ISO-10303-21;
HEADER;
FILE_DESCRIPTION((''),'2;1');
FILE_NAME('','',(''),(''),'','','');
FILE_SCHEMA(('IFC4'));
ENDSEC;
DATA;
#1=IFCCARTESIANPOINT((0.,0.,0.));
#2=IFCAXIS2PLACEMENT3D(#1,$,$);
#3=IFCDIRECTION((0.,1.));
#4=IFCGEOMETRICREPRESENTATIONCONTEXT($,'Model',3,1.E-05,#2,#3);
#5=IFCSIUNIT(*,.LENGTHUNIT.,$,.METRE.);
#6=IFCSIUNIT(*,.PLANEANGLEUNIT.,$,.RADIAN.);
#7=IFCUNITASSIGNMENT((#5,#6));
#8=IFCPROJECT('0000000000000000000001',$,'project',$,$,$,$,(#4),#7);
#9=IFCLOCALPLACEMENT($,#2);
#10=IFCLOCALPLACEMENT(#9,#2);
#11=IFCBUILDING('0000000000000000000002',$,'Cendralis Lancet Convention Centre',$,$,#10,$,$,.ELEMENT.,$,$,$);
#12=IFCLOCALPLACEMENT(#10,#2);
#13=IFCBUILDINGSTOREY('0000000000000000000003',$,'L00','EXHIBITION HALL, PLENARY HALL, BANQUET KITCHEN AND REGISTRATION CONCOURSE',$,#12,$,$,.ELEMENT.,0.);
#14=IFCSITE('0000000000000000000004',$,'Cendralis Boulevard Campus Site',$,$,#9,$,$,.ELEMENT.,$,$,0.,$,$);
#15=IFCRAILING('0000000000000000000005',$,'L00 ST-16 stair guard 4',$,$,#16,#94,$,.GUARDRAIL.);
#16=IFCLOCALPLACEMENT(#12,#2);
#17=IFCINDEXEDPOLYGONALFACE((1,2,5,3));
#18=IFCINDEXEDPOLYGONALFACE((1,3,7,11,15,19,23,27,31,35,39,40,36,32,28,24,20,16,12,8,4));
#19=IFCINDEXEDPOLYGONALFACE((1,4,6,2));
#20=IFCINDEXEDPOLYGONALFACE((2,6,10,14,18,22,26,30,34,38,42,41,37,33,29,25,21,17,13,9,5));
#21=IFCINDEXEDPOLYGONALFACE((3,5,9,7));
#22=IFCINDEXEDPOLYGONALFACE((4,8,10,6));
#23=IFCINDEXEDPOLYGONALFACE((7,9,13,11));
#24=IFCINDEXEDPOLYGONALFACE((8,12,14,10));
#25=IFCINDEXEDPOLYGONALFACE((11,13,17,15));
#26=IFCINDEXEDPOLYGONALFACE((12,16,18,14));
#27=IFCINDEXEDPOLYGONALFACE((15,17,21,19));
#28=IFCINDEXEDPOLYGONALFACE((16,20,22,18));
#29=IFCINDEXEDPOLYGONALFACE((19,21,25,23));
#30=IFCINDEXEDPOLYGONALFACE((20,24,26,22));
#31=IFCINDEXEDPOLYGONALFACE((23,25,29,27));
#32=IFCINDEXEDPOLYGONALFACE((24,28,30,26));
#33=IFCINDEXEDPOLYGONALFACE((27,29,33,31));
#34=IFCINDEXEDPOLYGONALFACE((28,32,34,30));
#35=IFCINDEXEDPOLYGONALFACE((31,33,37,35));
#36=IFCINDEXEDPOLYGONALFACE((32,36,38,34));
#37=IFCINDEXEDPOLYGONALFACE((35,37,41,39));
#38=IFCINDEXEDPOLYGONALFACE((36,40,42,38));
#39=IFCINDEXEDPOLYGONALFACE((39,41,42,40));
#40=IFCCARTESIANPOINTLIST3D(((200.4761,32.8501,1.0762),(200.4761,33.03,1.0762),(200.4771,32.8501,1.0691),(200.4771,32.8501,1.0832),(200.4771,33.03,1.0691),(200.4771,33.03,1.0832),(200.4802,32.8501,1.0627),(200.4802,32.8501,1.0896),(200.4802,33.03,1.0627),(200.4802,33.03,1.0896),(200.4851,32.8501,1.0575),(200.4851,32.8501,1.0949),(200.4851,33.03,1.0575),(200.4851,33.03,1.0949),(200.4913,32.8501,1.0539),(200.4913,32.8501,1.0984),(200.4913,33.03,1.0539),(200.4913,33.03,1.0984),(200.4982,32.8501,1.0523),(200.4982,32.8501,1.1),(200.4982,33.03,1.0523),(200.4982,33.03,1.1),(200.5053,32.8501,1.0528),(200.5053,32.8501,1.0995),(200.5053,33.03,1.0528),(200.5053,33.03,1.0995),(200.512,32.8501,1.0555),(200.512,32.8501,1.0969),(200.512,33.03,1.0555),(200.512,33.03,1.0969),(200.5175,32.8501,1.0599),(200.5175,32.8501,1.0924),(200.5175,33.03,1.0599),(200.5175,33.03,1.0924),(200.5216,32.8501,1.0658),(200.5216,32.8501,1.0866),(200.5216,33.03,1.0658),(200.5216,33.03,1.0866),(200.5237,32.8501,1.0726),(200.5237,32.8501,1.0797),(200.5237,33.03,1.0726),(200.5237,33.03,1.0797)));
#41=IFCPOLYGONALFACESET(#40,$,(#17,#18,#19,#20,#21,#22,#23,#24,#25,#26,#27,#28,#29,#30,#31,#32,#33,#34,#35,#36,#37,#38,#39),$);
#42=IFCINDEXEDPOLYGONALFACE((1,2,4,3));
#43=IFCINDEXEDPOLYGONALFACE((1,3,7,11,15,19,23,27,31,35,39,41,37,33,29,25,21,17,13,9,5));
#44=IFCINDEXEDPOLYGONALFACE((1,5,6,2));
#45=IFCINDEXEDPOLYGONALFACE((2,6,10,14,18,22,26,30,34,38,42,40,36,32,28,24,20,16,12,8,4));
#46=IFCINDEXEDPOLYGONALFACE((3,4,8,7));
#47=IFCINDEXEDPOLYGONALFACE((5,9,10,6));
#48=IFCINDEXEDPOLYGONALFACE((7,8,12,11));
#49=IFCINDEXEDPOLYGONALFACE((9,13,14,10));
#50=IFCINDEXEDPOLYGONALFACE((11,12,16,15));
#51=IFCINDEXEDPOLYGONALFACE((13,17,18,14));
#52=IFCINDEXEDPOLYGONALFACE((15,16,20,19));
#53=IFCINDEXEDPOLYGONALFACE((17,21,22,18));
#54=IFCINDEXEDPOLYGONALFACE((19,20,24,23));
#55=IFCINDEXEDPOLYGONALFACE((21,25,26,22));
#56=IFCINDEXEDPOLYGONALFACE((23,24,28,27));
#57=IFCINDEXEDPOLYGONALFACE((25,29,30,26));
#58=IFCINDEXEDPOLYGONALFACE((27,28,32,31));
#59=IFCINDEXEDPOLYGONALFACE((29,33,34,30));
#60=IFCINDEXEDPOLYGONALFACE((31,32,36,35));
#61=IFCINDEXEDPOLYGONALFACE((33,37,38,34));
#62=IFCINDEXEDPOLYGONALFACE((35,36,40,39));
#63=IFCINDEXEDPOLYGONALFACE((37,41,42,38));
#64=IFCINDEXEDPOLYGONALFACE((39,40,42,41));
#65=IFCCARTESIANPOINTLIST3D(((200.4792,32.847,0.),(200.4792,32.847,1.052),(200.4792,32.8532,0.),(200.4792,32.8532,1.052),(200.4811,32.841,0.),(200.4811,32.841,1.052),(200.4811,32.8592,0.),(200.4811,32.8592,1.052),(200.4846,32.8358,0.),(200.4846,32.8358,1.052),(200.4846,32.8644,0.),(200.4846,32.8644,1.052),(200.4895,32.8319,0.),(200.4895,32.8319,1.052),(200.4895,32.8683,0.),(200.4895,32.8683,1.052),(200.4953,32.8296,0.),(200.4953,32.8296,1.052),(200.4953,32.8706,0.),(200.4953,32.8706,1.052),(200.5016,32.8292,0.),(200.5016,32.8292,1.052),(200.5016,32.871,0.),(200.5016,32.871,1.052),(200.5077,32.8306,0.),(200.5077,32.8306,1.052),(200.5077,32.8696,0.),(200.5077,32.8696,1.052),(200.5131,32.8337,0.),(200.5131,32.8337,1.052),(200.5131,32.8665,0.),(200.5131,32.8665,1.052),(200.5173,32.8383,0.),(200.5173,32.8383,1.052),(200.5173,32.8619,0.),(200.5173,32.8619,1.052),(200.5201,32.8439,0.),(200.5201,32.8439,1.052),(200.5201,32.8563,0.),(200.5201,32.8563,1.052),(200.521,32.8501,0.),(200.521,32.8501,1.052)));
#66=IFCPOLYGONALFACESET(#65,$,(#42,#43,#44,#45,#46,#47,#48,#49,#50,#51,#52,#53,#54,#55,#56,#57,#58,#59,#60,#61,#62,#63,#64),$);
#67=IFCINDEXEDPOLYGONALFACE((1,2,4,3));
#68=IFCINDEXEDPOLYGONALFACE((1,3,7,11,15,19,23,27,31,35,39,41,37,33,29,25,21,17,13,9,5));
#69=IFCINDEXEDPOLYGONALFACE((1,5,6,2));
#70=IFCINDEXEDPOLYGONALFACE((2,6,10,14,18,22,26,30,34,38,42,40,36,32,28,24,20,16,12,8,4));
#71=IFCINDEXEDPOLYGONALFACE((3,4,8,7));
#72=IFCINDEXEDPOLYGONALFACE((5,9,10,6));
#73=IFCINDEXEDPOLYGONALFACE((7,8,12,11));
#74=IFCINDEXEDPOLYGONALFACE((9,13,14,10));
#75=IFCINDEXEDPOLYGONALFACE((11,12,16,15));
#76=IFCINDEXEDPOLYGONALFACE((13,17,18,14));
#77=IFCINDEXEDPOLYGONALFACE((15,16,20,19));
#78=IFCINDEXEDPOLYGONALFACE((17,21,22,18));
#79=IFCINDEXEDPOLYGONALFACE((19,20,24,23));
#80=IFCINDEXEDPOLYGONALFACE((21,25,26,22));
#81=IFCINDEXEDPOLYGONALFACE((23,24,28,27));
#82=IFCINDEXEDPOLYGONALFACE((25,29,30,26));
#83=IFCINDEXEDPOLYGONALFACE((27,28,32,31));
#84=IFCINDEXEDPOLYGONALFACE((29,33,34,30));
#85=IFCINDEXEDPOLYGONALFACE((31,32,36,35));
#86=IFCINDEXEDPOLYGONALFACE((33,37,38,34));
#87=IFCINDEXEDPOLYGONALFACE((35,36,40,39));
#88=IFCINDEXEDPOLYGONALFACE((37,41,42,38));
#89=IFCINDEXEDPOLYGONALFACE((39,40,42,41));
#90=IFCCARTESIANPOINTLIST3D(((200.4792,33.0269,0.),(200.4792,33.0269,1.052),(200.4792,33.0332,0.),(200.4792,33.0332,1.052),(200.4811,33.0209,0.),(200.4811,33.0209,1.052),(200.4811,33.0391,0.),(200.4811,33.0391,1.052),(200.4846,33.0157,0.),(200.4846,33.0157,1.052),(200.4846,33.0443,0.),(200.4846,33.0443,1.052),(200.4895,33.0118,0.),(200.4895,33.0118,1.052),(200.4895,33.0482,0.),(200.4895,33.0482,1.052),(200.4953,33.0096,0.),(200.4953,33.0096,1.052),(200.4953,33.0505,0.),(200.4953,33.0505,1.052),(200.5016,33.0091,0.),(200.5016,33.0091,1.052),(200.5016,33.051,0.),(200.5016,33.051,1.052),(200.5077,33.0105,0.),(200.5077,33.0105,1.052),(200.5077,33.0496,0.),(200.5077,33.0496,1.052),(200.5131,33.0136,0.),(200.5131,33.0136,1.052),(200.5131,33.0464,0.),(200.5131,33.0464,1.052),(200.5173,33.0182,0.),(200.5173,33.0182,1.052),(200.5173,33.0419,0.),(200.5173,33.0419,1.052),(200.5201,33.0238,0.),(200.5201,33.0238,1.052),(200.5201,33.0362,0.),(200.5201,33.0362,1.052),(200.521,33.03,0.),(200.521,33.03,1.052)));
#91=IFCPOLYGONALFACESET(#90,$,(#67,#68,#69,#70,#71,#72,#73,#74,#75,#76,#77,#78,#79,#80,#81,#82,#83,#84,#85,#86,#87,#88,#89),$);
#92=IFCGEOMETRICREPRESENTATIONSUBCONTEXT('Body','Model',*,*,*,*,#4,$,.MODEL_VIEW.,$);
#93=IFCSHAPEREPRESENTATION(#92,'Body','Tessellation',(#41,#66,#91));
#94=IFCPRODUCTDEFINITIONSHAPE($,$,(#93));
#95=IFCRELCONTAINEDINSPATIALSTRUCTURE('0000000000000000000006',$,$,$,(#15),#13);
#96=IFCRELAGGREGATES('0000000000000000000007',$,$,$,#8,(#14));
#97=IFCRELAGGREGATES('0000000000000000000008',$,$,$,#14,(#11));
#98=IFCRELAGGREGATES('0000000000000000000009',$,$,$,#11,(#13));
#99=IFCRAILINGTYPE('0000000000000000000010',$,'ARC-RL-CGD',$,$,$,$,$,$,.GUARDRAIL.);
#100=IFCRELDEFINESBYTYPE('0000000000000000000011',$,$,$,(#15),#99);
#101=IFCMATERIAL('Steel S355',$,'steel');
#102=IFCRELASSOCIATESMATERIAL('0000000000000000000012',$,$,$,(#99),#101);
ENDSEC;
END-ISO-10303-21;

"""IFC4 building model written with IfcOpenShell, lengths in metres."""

from ifc_helpers import new_model, si_unit, direction, frame, origin, origin_2d, place, context, subcontext, project, spatial, circle, extrude, material, type_object, element, save


model = new_model("IFC4")

# Units and contexts
model_context = context("Model", 3, precision=1e-05, world=origin(), true_north=direction((0.0, 1.0)))
body_context = subcontext(model_context, "Body", "Model", "MODEL_VIEW")
ifc_project = project(units=[si_unit("LENGTHUNIT", "METRE"), si_unit("PLANEANGLEUNIT", "RADIAN")], contexts=[model_context])

# Site, building, storey
site_placement = place(None, origin())
site = spatial("IfcSite", under=ifc_project, at=site_placement, Name="Cendralis Boulevard Campus Site", CompositionType="ELEMENT", RefElevation=0.0)
building_placement = place(site_placement, origin())
building = spatial("IfcBuilding", under=site, at=building_placement, Name="Cendralis Lancet Convention Centre", CompositionType="ELEMENT")
storey_placement = place(building_placement, origin())
storey = spatial("IfcBuildingStorey", under=building, at=storey_placement, Name="L00", Description="EXHIBITION HALL, PLENARY HALL, BANQUET KITCHEN AND REGISTRATION CONCOURSE", CompositionType="ELEMENT", Elevation=0.0)

# Shared definitions
ifc_material_1 = material(Name="Steel S355", Category="steel")

# Railing
railing_type_1 = type_object("IfcRailingType", Name="ARC-RL-CGD", PredefinedType="GUARDRAIL", material=ifc_material_1)
railing_1_placement = place(storey_placement, frame((200.5, 32.8501, 0.0)))
element("IfcRailing", 1, at=railing_1_placement, inside=storey, type_object=railing_type_1, Name="L00 ST-16 stair guard 4", PredefinedType="GUARDRAIL", context=body_context, shape_type="SweptSolid", body=[
    extrude(circle(Radius=0.0239, at=origin_2d()), frame((0.0, 0.0, 1.0762), z_axis=(0.0, 1.0, 0.0), x_axis=(-1.0, 0.0, 0.0)), (0.0, 0.0, 1.0), 0.1799),
    extrude(circle(Radius=0.021, at=origin_2d()), origin(), (0.0, 0.0, 1.0), 1.052),
    extrude(circle(Radius=0.021, at=origin_2d()), frame((0.0, 0.1799, 0.0)), (0.0, 0.0, 1.0), 1.052),
])

save(model, "model.ifc")
